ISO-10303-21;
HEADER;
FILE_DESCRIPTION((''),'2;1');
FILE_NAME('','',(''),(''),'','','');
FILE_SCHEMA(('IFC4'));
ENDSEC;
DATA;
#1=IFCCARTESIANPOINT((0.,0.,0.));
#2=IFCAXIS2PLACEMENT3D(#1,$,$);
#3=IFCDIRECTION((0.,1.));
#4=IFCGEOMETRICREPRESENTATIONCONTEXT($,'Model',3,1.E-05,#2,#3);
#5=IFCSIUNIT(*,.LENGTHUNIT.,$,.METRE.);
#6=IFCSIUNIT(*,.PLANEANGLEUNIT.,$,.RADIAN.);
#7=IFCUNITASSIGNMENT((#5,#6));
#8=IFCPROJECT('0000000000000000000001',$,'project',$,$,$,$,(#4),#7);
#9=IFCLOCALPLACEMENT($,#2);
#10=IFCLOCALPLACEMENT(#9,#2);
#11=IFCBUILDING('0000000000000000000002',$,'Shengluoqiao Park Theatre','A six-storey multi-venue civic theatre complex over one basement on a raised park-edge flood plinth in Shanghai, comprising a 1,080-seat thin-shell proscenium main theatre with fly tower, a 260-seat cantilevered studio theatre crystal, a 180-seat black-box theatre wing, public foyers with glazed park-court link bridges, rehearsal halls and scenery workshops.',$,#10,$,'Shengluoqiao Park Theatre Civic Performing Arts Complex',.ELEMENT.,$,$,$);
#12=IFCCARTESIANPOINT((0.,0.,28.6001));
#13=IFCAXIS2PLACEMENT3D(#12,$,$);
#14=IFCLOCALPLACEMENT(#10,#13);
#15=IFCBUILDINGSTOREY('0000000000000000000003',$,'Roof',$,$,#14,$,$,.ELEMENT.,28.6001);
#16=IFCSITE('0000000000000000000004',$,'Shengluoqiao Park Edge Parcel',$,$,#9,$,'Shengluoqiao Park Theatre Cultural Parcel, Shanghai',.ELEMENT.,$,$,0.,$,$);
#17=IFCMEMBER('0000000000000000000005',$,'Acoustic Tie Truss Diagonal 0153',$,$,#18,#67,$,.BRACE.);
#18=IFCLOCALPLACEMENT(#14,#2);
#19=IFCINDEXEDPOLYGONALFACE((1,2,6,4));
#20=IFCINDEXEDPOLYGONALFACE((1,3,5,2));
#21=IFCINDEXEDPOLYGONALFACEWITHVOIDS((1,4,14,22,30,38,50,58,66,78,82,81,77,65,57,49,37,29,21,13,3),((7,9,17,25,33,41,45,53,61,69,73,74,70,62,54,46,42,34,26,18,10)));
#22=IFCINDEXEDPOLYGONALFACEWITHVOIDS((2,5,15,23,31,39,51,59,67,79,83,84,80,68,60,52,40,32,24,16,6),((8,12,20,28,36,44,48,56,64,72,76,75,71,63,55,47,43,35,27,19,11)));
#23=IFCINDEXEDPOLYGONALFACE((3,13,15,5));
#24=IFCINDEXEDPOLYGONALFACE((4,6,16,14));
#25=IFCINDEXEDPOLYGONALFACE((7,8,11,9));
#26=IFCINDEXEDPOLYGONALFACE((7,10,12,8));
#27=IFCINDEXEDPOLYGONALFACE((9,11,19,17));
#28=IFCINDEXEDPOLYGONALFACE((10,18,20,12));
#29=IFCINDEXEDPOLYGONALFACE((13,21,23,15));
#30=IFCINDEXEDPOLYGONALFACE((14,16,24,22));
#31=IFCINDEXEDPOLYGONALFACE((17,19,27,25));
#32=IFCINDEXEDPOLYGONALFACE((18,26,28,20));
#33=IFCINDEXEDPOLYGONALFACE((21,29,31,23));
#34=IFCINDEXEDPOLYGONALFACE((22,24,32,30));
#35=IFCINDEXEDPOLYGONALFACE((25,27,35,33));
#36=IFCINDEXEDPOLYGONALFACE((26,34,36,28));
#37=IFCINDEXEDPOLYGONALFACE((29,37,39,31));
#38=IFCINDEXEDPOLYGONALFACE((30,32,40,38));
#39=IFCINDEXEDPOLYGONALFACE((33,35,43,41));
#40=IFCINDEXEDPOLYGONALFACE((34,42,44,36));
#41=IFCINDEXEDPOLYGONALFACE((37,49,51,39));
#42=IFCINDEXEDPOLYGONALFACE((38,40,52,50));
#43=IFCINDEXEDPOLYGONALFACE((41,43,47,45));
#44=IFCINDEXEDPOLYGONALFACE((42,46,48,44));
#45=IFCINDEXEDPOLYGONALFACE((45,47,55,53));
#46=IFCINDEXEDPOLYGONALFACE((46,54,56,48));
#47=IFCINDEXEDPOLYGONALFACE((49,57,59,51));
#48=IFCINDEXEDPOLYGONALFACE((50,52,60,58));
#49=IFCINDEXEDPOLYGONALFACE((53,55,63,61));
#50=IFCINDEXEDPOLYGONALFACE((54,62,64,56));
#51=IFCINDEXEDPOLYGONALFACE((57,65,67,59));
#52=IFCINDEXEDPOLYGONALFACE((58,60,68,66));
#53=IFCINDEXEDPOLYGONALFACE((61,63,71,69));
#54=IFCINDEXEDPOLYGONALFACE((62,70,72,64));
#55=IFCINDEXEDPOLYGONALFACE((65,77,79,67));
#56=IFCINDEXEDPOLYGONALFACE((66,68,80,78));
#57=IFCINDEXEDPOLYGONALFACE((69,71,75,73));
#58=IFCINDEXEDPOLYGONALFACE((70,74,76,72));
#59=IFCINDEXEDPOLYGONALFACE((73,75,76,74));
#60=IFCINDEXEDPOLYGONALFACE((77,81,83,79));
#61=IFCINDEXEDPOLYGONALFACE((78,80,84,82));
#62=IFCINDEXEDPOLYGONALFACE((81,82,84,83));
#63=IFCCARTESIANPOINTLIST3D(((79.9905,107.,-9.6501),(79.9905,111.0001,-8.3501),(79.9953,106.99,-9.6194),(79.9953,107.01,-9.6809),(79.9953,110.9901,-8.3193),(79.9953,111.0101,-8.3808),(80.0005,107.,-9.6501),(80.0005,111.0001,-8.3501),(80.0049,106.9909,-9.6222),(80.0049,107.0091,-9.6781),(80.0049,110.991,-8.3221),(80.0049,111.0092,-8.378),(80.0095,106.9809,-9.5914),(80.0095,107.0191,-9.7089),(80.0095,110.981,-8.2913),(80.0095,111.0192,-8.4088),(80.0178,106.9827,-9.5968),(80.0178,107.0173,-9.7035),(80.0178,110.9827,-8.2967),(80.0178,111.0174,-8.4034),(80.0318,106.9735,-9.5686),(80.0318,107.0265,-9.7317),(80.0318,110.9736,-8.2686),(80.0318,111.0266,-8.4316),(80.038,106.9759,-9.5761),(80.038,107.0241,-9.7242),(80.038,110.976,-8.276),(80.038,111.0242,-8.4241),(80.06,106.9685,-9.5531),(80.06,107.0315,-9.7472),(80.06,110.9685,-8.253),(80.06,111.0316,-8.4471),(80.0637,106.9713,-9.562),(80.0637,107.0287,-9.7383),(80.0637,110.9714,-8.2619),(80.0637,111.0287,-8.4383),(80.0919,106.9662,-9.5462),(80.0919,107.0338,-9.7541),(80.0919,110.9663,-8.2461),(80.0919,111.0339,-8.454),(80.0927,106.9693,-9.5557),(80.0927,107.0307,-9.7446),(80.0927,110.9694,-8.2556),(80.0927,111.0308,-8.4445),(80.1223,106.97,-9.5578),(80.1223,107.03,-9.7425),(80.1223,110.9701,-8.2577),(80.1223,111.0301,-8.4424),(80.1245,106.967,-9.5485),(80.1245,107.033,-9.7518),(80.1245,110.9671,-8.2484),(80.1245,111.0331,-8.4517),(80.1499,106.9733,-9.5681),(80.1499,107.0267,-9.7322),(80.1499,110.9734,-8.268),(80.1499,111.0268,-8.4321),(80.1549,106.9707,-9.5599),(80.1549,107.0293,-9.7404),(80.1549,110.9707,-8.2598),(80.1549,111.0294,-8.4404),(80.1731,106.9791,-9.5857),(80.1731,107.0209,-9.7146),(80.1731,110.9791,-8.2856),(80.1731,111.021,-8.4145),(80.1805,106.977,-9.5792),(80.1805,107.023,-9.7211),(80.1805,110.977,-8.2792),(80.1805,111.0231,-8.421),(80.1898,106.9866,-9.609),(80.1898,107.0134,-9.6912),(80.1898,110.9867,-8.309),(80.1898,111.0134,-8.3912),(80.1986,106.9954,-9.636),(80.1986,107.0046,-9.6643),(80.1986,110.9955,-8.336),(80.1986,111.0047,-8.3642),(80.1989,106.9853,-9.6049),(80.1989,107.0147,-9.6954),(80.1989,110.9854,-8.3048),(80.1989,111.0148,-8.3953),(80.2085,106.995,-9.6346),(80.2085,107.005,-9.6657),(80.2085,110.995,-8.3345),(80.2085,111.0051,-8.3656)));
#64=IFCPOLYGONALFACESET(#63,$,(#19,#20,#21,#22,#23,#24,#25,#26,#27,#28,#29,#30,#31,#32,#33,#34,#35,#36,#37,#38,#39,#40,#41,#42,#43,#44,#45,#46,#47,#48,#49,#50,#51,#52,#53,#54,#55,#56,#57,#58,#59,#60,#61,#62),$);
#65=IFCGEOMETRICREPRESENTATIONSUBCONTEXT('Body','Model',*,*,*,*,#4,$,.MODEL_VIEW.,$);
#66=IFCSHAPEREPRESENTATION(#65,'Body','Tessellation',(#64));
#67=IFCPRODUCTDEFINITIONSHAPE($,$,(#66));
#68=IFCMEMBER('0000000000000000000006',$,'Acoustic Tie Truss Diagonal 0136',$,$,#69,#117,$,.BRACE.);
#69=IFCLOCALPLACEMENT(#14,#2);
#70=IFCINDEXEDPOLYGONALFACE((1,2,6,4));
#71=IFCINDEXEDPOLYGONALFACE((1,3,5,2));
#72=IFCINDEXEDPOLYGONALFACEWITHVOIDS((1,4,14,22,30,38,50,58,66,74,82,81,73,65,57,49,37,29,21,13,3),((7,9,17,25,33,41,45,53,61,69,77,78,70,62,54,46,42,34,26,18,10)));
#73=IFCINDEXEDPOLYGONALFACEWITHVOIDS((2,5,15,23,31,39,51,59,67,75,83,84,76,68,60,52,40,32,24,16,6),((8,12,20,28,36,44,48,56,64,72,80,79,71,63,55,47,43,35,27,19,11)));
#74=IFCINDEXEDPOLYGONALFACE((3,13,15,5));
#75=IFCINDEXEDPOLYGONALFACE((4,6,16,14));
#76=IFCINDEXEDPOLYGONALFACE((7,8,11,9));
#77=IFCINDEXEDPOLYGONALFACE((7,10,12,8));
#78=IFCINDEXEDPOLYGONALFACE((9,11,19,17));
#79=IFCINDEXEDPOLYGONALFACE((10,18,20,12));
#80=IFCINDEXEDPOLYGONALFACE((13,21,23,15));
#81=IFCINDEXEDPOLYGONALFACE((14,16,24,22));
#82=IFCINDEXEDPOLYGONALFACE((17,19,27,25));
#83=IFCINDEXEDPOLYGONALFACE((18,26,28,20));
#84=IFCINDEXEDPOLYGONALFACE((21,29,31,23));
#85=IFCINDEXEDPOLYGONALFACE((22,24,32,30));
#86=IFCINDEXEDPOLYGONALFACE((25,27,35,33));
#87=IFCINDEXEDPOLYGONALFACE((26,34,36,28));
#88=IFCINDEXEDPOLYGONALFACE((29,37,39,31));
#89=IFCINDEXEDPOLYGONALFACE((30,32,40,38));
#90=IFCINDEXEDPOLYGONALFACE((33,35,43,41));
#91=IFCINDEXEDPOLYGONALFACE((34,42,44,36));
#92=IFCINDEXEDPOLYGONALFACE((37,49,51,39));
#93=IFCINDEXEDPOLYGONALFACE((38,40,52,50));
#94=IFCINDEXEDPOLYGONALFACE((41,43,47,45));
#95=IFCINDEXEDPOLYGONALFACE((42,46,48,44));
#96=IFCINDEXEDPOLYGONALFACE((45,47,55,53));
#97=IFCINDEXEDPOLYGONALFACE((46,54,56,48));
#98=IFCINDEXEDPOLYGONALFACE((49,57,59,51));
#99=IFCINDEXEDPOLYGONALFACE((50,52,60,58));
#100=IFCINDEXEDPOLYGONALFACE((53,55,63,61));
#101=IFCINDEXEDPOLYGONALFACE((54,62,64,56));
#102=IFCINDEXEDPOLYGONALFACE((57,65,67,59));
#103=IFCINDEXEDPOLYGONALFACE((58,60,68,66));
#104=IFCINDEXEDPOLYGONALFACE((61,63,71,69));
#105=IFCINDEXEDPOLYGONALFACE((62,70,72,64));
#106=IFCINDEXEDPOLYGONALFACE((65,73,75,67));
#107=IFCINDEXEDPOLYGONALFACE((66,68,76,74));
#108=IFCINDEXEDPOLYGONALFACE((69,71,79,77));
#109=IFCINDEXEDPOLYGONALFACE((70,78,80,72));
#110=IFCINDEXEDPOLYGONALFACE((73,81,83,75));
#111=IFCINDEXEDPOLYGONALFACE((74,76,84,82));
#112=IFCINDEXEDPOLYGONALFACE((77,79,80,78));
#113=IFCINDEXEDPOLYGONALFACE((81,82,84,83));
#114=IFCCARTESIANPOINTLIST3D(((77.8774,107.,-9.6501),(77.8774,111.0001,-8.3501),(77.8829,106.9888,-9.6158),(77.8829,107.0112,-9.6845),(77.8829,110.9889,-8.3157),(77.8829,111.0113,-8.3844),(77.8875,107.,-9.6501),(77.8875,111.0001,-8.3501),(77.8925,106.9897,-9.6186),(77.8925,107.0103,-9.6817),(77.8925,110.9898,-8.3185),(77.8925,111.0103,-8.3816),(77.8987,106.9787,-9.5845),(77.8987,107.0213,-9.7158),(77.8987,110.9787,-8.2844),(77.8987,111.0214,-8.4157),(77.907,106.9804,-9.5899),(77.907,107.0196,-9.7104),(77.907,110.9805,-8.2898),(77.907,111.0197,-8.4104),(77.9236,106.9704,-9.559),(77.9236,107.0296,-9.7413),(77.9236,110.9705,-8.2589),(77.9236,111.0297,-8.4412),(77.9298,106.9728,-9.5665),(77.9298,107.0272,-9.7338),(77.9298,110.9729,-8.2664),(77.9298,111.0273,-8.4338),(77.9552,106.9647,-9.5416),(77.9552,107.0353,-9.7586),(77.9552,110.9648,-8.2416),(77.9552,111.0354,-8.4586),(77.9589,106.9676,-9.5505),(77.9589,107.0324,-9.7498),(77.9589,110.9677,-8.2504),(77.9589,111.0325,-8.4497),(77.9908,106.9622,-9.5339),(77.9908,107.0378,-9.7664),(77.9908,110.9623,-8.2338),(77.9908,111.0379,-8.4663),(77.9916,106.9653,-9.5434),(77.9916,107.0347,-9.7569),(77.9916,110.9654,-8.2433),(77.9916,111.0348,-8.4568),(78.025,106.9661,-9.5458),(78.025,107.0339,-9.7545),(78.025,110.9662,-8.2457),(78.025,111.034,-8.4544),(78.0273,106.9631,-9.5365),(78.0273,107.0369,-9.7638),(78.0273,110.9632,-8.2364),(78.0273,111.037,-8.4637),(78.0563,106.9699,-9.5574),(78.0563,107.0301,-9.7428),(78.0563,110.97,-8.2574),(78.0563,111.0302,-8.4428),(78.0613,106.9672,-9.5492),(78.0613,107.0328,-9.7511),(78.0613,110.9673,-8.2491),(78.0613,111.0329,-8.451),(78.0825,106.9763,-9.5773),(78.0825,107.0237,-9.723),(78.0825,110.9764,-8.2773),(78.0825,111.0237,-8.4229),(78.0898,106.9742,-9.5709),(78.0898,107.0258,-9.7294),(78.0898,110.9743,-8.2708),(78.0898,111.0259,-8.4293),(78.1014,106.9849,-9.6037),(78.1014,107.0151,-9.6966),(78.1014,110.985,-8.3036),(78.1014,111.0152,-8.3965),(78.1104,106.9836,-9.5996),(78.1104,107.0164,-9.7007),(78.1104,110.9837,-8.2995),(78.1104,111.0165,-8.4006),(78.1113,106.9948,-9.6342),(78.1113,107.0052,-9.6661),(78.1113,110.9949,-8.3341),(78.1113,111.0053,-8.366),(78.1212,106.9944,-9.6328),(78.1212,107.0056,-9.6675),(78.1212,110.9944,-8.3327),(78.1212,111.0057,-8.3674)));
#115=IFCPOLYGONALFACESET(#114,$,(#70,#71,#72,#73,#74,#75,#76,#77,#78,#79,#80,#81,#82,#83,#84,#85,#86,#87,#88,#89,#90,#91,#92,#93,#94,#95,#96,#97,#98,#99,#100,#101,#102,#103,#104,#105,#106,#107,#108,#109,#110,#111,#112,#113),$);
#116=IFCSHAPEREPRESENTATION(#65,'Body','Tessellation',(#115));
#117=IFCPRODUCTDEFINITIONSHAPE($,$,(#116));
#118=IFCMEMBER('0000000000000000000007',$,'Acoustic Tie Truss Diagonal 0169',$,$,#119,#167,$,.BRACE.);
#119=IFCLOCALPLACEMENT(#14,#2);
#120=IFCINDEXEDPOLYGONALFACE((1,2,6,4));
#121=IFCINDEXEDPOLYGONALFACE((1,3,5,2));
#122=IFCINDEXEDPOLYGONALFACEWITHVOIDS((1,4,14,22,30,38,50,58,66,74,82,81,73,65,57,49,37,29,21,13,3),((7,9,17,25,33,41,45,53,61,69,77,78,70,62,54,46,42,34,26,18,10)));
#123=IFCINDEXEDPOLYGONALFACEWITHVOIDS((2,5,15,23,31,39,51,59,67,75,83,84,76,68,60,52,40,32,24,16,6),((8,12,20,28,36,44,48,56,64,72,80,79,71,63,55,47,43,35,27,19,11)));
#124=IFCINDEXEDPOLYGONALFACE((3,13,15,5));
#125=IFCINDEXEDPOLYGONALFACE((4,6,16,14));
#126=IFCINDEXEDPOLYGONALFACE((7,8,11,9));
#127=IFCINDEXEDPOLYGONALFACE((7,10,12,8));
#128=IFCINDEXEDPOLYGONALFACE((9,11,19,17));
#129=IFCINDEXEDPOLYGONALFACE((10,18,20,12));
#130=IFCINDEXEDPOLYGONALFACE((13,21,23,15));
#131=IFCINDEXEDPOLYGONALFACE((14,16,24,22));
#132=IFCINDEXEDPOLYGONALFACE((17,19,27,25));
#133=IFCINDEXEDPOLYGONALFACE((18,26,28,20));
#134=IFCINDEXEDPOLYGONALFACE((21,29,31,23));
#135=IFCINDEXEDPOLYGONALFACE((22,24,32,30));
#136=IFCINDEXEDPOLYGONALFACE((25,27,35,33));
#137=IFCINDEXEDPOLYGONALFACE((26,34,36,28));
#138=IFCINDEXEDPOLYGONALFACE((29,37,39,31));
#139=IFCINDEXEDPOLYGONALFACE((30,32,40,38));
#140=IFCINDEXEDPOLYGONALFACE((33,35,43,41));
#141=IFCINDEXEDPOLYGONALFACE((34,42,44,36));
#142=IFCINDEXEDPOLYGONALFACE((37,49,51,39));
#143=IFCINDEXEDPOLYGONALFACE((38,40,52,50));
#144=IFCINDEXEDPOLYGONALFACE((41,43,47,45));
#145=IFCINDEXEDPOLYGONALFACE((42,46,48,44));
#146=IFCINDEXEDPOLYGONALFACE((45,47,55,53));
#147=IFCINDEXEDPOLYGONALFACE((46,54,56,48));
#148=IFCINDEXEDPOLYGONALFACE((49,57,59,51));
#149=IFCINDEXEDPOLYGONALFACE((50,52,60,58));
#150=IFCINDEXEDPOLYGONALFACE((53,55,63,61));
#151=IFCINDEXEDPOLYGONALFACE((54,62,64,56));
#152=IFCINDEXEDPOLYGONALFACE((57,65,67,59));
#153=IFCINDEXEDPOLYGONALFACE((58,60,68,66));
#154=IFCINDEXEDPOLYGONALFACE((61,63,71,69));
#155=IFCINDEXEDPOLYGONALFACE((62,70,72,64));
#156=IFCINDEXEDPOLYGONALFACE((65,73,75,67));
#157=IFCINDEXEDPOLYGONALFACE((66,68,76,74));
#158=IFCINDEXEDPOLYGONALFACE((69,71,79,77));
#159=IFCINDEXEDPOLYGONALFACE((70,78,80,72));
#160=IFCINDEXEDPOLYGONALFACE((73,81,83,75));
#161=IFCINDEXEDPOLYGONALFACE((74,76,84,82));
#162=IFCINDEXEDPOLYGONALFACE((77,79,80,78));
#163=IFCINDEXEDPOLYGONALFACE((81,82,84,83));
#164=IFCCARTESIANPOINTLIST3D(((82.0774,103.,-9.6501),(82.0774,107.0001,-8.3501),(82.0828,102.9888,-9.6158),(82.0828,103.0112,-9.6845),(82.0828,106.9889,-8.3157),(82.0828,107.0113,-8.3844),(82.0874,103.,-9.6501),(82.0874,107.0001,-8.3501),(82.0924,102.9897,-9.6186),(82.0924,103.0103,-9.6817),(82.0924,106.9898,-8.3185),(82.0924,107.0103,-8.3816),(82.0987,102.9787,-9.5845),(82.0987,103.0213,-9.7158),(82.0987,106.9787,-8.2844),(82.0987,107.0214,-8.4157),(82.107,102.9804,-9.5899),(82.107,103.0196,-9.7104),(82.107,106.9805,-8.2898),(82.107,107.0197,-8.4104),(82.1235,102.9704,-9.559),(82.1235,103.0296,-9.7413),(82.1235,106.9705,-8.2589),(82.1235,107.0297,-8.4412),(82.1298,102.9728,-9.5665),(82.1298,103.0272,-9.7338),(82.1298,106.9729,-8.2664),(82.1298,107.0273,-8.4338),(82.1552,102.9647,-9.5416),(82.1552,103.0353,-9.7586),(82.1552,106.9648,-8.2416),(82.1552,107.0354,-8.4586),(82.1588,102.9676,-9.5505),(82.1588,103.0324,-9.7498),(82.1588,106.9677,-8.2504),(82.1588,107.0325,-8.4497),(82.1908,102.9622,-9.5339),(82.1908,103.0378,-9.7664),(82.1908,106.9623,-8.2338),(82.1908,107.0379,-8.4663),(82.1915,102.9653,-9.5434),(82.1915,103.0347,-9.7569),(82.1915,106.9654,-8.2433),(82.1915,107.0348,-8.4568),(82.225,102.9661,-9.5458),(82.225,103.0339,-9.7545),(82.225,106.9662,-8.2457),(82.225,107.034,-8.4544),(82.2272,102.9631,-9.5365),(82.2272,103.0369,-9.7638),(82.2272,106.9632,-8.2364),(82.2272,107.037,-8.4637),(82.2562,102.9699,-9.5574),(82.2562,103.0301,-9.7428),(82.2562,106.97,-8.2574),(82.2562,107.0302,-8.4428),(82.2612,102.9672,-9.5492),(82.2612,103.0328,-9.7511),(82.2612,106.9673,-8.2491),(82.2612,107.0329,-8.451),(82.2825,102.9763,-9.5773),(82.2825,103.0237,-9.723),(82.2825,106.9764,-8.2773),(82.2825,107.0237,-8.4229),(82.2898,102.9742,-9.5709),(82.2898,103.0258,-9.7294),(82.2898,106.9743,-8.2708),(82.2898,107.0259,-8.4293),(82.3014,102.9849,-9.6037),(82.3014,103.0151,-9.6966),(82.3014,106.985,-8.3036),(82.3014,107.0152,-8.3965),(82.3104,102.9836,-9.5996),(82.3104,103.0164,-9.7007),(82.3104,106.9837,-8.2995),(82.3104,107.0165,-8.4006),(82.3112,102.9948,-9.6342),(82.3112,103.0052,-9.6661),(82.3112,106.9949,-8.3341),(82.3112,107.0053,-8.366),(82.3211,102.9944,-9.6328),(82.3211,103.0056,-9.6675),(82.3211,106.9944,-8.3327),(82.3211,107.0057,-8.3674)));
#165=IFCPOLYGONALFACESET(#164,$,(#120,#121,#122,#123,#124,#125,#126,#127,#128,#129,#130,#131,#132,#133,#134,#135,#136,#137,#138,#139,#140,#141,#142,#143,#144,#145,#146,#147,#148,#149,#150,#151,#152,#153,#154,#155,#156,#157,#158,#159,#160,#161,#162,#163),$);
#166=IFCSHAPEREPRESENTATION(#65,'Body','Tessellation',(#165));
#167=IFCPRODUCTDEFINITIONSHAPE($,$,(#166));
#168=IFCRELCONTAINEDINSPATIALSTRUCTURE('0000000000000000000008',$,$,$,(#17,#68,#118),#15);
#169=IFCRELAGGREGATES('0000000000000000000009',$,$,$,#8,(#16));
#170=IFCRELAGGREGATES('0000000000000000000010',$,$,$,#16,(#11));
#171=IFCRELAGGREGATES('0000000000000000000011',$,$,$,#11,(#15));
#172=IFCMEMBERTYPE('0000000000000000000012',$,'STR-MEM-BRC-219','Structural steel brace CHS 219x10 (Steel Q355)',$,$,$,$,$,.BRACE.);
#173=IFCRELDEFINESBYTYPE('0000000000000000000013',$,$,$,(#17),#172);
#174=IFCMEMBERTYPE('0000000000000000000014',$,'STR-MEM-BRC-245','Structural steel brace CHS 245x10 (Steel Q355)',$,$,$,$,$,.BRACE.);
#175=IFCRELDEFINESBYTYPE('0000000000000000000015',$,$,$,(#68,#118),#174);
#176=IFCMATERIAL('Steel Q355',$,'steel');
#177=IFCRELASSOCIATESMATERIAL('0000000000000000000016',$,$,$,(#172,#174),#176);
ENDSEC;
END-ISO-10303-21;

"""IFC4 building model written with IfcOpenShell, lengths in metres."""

from ifc_helpers import new_model, si_unit, direction, frame, origin, origin_2d, place, context, subcontext, project, spatial, hollow_circle, extrude, material, material_profile, profile_set, type_object, element, save


model = new_model("IFC4")

# Units and contexts
model_context = context("Model", 3, precision=1e-05, world=origin(), true_north=direction((0.0, 1.0)))
body_context = subcontext(model_context, "Body", "Model", "MODEL_VIEW")
ifc_project = project(units=[si_unit("LENGTHUNIT", "METRE"), si_unit("PLANEANGLEUNIT", "RADIAN")], contexts=[model_context])

# Site, building, storey
site_placement = place(None, origin())
site = spatial("IfcSite", under=ifc_project, at=site_placement, Name="Shengluoqiao Park Edge Parcel", LongName="Shengluoqiao Park Theatre Cultural Parcel, Shanghai", CompositionType="ELEMENT", RefElevation=0.0)
building_placement = place(site_placement, origin())
building = spatial("IfcBuilding", under=site, at=building_placement, Name="Shengluoqiao Park Theatre", Description="A six-storey multi-venue civic theatre complex over one basement on a raised park-edge flood plinth in Shanghai, comprising a 1,080-seat thin-shell proscenium main theatre with fly tower, a 260-seat cantilevered studio theatre crystal, a 180-seat black-box theatre wing, public foyers with glazed park-court link bridges, rehearsal halls and scenery workshops.", LongName="Shengluoqiao Park Theatre Civic Performing Arts Complex", CompositionType="ELEMENT")
storey_placement = place(building_placement, frame((0.0, 0.0, 28.6001)))
storey = spatial("IfcBuildingStorey", under=building, at=storey_placement, Name="Roof", CompositionType="ELEMENT", Elevation=28.6001)

# Shared definitions
ifc_material = material(Name="Steel Q355", Category="steel")

# Members
ifc_material_profile_1 = material_profile(ifc_material, hollow_circle(Radius=0.1096, WallThickness=0.01, at=origin_2d()), Name="CHS 219x10")
ifc_profile_set_1 = profile_set([ifc_material_profile_1], Name="Steel Q355")
member_type_1 = type_object("IfcMemberType", Name="STR-MEM-BRC-219", Description="Structural steel brace CHS 219x10 (Steel Q355)", PredefinedType="BRACE", material=ifc_profile_set_1)
member_1_placement = place(storey_placement, frame((80.1001, 107.0, -9.6501), z_axis=(0.0, 0.951031, 0.309097), x_axis=(-1.0, 0.0, 0.0)))
element("IfcMember", 1, at=member_1_placement, inside=storey, type_object=member_type_1, Name="Acoustic Tie Truss Diagonal 0153", PredefinedType="BRACE", context=body_context, shape_type="SweptSolid", body=[
    extrude(hollow_circle(Radius=0.1096, WallThickness=0.01, at=origin_2d()), origin(), (0.0, 0.0, 1.0), 4.2061),
])
ifc_material_profile_2 = material_profile(ifc_material, hollow_circle(Radius=0.1226, WallThickness=0.01, at=origin_2d()), Name="CHS 245x10")
ifc_profile_set_2 = profile_set([ifc_material_profile_2], Name="Steel Q355")
member_type_2 = type_object("IfcMemberType", Name="STR-MEM-BRC-245", Description="Structural steel brace CHS 245x10 (Steel Q355)", PredefinedType="BRACE", material=ifc_profile_set_2)
for number, where, z_axis, x_axis, name in (
    (2, (78.0, 107.0, -9.6501), (0.0, 0.951031, 0.309097), (-1.0, 0.0, 0.0), "Acoustic Tie Truss Diagonal 0136"),
    (3, (82.2, 103.0, -9.6501), (0.0, 0.951031, 0.309097), (-1.0, 0.0, 0.0), "Acoustic Tie Truss Diagonal 0169"),
):
    element("IfcMember", number, at=place(storey_placement, frame(where, z_axis=z_axis, x_axis=x_axis)), inside=storey, type_object=member_type_2, Name=name, PredefinedType="BRACE", context=body_context, shape_type="SweptSolid", body=[
        extrude(hollow_circle(Radius=0.1226, WallThickness=0.01, at=origin_2d()), origin(), (0.0, 0.0, 1.0), 4.2061),
    ])

save(model, "model.ifc")
